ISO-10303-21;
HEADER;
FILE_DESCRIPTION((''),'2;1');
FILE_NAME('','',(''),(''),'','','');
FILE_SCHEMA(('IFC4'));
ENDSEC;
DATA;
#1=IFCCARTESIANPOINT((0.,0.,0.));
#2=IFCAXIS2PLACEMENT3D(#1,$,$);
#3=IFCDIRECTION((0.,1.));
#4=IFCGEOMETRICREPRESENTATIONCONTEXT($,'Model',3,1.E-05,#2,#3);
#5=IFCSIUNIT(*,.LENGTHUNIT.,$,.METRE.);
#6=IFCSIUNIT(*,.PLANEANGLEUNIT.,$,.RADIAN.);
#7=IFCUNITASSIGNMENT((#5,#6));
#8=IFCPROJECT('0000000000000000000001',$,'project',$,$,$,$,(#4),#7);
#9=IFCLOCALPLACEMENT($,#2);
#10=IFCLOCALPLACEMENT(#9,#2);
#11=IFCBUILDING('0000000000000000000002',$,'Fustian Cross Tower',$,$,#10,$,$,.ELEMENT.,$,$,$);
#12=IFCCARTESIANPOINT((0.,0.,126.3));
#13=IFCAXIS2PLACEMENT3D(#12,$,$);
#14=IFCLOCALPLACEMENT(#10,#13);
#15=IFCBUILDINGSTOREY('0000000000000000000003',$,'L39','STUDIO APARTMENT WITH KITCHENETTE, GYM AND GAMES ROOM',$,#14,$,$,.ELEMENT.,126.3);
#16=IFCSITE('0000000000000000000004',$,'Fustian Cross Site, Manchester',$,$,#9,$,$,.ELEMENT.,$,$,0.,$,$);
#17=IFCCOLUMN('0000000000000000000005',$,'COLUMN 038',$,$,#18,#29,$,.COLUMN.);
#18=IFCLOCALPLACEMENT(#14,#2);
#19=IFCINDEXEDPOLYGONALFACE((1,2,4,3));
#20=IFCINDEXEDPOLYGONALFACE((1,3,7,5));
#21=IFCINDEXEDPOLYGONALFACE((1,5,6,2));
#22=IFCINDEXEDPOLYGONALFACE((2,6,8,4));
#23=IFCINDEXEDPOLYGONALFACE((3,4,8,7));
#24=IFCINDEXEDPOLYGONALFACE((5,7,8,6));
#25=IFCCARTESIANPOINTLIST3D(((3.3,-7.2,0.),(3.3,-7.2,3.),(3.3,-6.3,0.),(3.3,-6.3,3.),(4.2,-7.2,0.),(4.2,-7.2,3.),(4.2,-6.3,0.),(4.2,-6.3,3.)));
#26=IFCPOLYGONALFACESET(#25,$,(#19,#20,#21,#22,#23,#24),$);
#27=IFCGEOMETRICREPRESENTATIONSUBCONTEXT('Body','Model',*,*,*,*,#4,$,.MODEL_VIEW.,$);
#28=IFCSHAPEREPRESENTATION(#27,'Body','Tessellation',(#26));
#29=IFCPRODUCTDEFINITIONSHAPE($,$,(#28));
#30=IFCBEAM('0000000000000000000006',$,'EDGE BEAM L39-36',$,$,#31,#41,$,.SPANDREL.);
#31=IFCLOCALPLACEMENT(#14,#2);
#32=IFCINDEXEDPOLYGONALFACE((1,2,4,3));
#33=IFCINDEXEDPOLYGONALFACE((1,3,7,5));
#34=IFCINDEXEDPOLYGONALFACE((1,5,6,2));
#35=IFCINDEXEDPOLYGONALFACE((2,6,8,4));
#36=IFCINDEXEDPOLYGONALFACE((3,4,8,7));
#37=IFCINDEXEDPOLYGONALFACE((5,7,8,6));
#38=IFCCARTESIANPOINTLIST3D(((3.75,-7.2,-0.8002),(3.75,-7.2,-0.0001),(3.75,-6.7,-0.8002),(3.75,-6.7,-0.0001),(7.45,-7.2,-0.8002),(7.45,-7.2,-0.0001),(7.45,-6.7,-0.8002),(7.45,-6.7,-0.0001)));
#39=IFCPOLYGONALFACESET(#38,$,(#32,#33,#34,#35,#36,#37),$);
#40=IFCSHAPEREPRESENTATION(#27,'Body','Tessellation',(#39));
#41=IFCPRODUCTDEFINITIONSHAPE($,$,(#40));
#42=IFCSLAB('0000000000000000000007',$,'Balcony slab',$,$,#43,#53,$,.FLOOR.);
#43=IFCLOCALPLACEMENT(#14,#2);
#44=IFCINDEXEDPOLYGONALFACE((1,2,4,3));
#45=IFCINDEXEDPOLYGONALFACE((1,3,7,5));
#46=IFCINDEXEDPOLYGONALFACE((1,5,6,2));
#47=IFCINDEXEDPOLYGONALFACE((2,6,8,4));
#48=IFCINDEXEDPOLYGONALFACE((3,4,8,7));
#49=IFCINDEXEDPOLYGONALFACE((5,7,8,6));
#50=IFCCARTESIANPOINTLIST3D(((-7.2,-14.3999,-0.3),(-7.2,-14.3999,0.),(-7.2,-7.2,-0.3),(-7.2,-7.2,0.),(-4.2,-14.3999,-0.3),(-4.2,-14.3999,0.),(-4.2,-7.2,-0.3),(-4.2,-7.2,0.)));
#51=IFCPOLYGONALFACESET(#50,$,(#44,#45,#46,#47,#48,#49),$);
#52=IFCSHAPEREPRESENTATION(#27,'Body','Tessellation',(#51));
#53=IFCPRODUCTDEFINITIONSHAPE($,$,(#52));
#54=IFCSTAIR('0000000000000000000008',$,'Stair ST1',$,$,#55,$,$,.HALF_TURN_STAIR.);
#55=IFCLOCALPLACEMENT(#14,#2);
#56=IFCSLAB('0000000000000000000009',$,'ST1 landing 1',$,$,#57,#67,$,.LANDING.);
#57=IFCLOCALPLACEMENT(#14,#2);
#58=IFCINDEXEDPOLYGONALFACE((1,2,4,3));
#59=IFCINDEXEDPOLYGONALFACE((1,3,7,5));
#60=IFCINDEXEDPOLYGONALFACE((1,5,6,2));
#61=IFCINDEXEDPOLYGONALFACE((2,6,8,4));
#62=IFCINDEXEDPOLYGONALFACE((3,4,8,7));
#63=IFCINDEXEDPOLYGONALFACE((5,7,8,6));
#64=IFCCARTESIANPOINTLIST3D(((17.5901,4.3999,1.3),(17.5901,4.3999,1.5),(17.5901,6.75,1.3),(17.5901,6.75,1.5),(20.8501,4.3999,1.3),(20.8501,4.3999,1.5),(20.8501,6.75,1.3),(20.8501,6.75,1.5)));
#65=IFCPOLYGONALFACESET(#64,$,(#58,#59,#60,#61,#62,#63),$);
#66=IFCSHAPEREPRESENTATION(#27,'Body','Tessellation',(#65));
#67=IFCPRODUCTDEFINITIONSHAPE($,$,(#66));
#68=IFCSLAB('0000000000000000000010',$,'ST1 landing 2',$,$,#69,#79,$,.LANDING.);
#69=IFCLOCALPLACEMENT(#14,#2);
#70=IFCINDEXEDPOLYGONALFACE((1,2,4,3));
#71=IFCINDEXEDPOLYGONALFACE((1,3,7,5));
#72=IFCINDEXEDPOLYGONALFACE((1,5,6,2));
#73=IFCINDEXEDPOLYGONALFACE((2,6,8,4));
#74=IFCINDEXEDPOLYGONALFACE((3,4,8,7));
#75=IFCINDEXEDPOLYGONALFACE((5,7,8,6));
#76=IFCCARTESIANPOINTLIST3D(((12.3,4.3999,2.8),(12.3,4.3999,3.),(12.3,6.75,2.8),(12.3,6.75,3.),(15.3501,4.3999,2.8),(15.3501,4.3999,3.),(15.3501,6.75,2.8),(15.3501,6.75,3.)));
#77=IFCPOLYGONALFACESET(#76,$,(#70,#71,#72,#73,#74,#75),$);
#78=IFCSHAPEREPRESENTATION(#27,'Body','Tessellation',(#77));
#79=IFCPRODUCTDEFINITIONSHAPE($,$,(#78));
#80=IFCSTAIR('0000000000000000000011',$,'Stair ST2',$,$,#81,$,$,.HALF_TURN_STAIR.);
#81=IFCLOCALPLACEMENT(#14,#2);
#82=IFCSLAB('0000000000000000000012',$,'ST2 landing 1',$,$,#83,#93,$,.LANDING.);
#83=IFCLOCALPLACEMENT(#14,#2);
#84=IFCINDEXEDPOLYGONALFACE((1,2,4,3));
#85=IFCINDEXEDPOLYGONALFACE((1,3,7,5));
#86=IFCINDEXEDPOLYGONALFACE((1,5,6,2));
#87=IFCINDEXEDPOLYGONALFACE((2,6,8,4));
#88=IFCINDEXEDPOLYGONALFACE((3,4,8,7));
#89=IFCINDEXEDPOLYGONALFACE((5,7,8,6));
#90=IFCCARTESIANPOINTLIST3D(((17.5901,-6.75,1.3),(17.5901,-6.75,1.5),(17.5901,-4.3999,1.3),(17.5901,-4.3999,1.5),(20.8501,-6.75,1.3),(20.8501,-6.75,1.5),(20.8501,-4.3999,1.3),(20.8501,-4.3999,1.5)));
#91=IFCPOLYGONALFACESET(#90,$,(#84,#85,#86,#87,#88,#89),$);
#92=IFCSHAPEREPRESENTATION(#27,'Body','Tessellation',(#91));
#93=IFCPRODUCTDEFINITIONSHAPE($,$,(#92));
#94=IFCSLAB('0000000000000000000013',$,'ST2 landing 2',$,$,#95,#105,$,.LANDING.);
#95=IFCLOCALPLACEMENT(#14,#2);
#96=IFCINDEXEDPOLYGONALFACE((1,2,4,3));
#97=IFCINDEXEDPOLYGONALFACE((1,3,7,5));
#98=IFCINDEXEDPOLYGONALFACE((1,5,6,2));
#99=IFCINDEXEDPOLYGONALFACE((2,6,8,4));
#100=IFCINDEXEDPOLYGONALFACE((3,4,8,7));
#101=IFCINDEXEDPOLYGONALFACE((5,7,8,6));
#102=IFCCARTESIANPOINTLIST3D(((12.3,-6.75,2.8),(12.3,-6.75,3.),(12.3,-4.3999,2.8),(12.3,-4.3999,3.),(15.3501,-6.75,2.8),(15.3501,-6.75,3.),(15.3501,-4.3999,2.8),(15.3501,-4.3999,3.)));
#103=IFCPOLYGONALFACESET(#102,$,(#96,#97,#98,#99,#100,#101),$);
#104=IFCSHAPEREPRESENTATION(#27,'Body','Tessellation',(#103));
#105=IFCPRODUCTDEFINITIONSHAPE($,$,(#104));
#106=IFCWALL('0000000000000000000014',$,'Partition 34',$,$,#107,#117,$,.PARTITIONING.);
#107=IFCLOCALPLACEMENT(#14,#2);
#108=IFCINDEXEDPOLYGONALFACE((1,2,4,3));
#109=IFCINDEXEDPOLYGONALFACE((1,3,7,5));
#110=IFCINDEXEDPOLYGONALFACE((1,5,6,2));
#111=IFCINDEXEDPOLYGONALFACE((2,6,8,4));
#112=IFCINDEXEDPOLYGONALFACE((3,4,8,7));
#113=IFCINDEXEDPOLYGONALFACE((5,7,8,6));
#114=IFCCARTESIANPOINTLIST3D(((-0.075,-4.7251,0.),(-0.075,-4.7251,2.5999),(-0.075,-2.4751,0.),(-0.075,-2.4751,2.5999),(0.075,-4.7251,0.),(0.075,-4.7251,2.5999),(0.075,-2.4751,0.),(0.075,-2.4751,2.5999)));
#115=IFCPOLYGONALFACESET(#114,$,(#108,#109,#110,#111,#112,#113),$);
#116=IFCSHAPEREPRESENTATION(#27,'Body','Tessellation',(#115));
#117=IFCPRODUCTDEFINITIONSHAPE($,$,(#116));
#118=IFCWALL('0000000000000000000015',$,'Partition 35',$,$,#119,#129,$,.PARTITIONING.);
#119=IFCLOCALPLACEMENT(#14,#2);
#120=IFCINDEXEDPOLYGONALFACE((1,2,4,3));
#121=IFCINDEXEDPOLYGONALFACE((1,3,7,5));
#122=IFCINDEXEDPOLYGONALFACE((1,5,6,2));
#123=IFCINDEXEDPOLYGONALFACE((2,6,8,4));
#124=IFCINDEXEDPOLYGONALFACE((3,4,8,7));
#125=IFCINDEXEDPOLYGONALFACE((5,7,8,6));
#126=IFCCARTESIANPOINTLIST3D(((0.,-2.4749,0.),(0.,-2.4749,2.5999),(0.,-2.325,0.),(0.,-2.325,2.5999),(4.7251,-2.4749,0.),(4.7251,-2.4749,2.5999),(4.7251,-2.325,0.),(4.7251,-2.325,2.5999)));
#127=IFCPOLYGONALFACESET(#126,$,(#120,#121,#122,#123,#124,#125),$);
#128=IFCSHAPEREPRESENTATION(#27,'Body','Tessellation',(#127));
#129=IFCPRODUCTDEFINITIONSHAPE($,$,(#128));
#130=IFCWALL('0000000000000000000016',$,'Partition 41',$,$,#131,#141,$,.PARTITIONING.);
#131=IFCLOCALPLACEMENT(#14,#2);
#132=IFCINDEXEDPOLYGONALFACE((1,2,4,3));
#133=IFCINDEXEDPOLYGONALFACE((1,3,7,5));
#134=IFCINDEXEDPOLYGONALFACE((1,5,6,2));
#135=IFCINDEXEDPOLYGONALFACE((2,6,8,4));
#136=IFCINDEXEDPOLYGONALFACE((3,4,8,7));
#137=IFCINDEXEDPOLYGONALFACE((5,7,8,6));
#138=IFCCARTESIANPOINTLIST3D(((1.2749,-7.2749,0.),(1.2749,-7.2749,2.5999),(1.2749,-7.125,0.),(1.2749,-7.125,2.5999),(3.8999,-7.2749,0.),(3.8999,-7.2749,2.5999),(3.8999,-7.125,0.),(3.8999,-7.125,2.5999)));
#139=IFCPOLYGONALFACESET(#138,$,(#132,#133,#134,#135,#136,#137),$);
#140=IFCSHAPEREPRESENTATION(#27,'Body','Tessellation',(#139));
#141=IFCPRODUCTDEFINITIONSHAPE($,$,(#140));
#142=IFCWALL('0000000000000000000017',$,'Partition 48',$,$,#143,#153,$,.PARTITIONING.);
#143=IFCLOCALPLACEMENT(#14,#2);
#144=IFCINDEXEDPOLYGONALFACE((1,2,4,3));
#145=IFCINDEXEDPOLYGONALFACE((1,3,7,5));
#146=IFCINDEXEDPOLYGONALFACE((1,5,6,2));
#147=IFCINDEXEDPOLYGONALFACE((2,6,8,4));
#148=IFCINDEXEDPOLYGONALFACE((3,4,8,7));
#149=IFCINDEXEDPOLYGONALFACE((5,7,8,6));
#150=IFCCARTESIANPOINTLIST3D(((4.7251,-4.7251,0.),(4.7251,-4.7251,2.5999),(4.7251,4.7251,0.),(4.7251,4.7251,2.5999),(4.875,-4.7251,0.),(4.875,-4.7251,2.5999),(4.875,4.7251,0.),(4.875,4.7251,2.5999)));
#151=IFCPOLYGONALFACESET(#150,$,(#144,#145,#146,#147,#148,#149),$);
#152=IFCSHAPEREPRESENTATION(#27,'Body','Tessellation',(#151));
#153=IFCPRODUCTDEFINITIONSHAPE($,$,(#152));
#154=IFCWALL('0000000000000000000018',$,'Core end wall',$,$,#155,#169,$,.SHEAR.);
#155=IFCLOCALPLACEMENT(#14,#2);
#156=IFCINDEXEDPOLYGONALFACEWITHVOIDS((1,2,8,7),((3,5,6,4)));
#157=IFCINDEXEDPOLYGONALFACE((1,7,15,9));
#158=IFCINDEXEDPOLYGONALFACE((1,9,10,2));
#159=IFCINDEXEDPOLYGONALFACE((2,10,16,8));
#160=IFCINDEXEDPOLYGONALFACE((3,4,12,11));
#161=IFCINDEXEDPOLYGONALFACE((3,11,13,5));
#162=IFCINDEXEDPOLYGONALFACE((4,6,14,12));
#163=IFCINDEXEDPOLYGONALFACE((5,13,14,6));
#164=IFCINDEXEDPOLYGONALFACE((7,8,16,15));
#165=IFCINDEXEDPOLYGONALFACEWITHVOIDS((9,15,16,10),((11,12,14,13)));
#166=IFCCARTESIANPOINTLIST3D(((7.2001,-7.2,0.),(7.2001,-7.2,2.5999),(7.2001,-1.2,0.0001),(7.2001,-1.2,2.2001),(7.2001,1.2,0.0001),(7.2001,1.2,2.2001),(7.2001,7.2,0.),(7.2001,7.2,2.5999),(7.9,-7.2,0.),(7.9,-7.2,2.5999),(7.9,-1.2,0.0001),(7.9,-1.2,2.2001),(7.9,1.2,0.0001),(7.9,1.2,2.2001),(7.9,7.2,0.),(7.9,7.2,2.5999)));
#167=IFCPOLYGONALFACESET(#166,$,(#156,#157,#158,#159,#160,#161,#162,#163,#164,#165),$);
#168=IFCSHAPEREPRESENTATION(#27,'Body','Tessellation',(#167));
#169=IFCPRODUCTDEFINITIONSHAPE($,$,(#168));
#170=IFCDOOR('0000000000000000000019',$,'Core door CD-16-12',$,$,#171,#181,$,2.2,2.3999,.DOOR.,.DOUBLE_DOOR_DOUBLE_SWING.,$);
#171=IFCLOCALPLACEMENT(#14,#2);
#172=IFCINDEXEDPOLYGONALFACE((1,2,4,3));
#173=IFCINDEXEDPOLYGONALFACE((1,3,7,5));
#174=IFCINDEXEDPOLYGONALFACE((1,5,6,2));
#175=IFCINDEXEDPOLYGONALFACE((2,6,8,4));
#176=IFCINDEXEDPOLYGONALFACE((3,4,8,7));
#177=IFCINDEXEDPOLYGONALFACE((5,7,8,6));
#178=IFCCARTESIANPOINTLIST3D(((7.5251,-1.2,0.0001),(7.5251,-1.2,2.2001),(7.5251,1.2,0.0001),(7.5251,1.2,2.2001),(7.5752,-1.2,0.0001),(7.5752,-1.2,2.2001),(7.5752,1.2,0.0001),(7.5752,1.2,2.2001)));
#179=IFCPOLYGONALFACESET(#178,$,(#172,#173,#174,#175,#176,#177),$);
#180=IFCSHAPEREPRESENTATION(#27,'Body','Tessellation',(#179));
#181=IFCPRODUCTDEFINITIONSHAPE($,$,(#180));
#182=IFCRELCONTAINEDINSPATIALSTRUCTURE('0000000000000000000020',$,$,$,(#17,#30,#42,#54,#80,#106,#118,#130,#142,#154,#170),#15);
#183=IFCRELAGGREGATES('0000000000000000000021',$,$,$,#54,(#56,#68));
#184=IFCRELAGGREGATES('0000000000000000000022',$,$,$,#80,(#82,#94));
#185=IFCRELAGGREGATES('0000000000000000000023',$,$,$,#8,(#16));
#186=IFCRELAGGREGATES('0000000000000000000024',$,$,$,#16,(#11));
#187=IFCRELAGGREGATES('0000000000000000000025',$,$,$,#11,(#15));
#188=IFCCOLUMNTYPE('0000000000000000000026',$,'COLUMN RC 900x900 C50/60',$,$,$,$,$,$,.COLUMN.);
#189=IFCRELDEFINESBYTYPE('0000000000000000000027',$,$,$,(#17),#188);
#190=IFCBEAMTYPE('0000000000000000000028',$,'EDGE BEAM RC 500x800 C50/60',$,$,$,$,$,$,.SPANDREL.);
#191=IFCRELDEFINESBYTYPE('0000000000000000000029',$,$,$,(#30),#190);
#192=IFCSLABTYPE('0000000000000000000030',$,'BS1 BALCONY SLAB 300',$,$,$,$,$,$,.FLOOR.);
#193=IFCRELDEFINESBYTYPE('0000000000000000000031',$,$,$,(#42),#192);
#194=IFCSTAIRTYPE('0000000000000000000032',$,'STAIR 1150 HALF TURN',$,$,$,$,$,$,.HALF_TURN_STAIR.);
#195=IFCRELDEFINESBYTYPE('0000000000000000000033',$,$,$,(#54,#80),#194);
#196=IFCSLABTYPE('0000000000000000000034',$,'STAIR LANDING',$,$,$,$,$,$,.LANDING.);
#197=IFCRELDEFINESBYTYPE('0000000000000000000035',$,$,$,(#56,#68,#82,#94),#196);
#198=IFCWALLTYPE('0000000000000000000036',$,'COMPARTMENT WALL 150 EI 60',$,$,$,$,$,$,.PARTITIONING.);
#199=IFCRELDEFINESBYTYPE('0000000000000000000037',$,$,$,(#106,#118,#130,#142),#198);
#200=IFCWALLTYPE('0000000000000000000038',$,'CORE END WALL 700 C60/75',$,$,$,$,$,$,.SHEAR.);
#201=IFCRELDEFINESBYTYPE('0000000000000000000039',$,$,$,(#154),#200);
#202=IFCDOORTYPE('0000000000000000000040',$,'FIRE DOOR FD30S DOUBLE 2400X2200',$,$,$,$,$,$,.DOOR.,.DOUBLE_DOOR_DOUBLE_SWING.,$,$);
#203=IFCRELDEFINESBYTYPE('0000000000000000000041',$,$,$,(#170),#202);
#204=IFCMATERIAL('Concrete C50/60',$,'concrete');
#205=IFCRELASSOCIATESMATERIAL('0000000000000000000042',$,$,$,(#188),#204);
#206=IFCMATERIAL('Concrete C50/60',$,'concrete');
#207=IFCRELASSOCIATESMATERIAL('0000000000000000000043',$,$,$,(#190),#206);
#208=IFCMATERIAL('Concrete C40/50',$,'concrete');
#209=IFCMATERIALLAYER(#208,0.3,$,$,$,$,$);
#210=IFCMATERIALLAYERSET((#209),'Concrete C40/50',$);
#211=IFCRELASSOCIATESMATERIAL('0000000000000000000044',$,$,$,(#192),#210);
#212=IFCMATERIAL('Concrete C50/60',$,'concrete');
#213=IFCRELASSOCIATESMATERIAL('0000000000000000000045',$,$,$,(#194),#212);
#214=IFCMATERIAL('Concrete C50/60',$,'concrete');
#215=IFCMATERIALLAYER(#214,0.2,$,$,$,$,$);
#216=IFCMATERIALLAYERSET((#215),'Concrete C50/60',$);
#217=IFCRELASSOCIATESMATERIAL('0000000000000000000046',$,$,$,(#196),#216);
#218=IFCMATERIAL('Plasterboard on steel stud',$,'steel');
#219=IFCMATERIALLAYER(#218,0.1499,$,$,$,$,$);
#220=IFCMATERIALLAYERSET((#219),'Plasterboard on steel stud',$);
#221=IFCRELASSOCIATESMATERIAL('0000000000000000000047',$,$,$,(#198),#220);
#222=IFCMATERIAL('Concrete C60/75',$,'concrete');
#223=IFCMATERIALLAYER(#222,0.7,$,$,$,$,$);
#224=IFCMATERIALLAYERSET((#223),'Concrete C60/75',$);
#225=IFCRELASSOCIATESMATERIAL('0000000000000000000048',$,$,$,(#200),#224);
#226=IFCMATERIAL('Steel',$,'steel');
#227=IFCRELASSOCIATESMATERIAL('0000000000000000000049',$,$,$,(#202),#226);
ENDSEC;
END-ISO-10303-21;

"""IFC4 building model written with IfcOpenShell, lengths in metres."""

from ifc_helpers import new_model, si_unit, direction, frame, frame_2d, origin, origin_2d, place, context, subcontext, project, spatial, polyline, rectangle, outline, extrude, material, layer, layer_set, material_profile, profile_set, type_object, element, fill, aggregate, save


model = new_model("IFC4")

# Units and contexts
model_context = context("Model", 3, precision=1e-05, world=origin(), true_north=direction((0.0, 1.0)))
body_context = subcontext(model_context, "Body", "Model", "MODEL_VIEW")
ifc_project = project(units=[si_unit("LENGTHUNIT", "METRE"), si_unit("PLANEANGLEUNIT", "RADIAN")], contexts=[model_context])

# Site, building, storey
site_placement = place(None, origin())
site = spatial("IfcSite", under=ifc_project, at=site_placement, Name="Fustian Cross Site, Manchester", CompositionType="ELEMENT", RefElevation=0.0)
building_placement = place(site_placement, origin())
building = spatial("IfcBuilding", under=site, at=building_placement, Name="Fustian Cross Tower", CompositionType="ELEMENT")
storey_placement = place(building_placement, frame((0.0, 0.0, 126.3)))
storey = spatial("IfcBuildingStorey", under=building, at=storey_placement, Name="L39", Description="STUDIO APARTMENT WITH KITCHENETTE, GYM AND GAMES ROOM", CompositionType="ELEMENT", Elevation=126.3)

# Column
ifc_material_1 = material(Name="Concrete C50/60", Category="concrete")
ifc_material_profile_1 = material_profile(ifc_material_1, rectangle(XDim=0.8999, YDim=0.8999, at=origin_2d()), Name="RC 900x900")
ifc_profile_set_1 = profile_set([ifc_material_profile_1], Name="Concrete C50/60")
column_type = type_object("IfcColumnType", Name="COLUMN RC 900x900 C50/60", PredefinedType="COLUMN", material=ifc_profile_set_1)
column_placement = place(storey_placement, frame((3.75, -6.75, 0.0), z_axis=(0.0, 0.0, 1.0), x_axis=(1.0, 0.0, 0.0)))
element("IfcColumn", 1, at=column_placement, inside=storey, type_object=column_type, Name="COLUMN 038", PredefinedType="COLUMN", context=body_context, shape_type="SweptSolid", body=[
    extrude(rectangle(XDim=0.8999, YDim=0.8999, at=origin_2d()), origin(), (0.0, 0.0, 1.0), 3.0),
])

# Beam
ifc_material_2 = material(Name="Concrete C50/60", Category="concrete")
ifc_material_profile_2 = material_profile(ifc_material_2, rectangle(XDim=0.5, YDim=0.8, at=origin_2d()), Name="RC 500x800")
ifc_profile_set_2 = profile_set([ifc_material_profile_2], Name="Concrete C50/60")
beam_type = type_object("IfcBeamType", Name="EDGE BEAM RC 500x800 C50/60", PredefinedType="SPANDREL", material=ifc_profile_set_2)
beam_placement = place(storey_placement, frame((3.75, -6.95, -0.4001), z_axis=(1.0, 0.0, 0.0), x_axis=(0.0, 1.0, 0.0)))
element("IfcBeam", 2, at=beam_placement, inside=storey, type_object=beam_type, Name="EDGE BEAM L39-36", PredefinedType="SPANDREL", context=body_context, shape_type="SweptSolid", body=[
    extrude(rectangle(XDim=0.5, YDim=0.8, at=origin_2d()), origin(), (0.0, 0.0, 1.0), 3.7),
])

# Slab
ifc_material_3 = material(Name="Concrete C40/50", Category="concrete")
ifc_layer_1 = layer(ifc_material_3, 0.3)
ifc_layer_set_1 = layer_set([ifc_layer_1], Name="Concrete C40/50")
slab_type_1 = type_object("IfcSlabType", Name="BS1 BALCONY SLAB 300", PredefinedType="FLOOR", material=ifc_layer_set_1)
slab_1_placement = place(storey_placement, frame((0.0, 0.0, -0.3)))
element("IfcSlab", 3, at=slab_1_placement, inside=storey, type_object=slab_type_1, Name="Balcony slab", PredefinedType="FLOOR", context=body_context, shape_type="SweptSolid", body=[
    extrude(outline(polyline([(-7.2, -14.3999), (-4.2, -14.3999), (-4.2, -7.2), (-7.2, -7.2), (-7.2, -14.3999)])), origin(), (0.0, 0.0, 1.0), 0.3),
])

# Stairs, slabs
ifc_material_4 = material(Name="Concrete C50/60", Category="concrete")
stair_type = type_object("IfcStairType", Name="STAIR 1150 HALF TURN", PredefinedType="HALF_TURN_STAIR", material=ifc_material_4)
stair_1_placement = place(storey_placement, origin())
stair_1 = element("IfcStair", 4, at=stair_1_placement, inside=storey, type_object=stair_type, Name="Stair ST1", PredefinedType="HALF_TURN_STAIR")
ifc_material_5 = material(Name="Concrete C50/60", Category="concrete")
ifc_layer_2 = layer(ifc_material_5, 0.2)
ifc_layer_set_2 = layer_set([ifc_layer_2], Name="Concrete C50/60")
slab_type_2 = type_object("IfcSlabType", Name="STAIR LANDING", PredefinedType="LANDING", material=ifc_layer_set_2)
slab_2_placement = place(storey_placement, frame((0.0, 0.0, 1.3)))
slab_2 = element("IfcSlab", 5, at=slab_2_placement, type_object=slab_type_2, Name="ST1 landing 1", PredefinedType="LANDING", context=body_context, shape_type="SweptSolid", body=[
    extrude(outline(polyline([(17.5901, 4.3999), (20.8501, 4.3999), (20.8501, 6.75), (17.5901, 6.75), (17.5901, 4.3999)])), origin(), (0.0, 0.0, 1.0), 0.2),
])
slab_3_placement = place(storey_placement, frame((0.0, 0.0, 2.8)))
slab_3 = element("IfcSlab", 6, at=slab_3_placement, type_object=slab_type_2, Name="ST1 landing 2", PredefinedType="LANDING", context=body_context, shape_type="SweptSolid", body=[
    extrude(outline(polyline([(12.3, 4.3999), (15.3501, 4.3999), (15.3501, 6.75), (12.3, 6.75), (12.3, 4.3999)])), origin(), (0.0, 0.0, 1.0), 0.2),
])
aggregate(stair_1, [slab_2, slab_3])
stair_2_placement = place(storey_placement, origin())
stair_2 = element("IfcStair", 7, at=stair_2_placement, inside=storey, type_object=stair_type, Name="Stair ST2", PredefinedType="HALF_TURN_STAIR")
slab_4_placement = place(storey_placement, frame((0.0, 0.0, 1.3)))
slab_4 = element("IfcSlab", 8, at=slab_4_placement, type_object=slab_type_2, Name="ST2 landing 1", PredefinedType="LANDING", context=body_context, shape_type="SweptSolid", body=[
    extrude(outline(polyline([(17.5901, -4.3999), (20.8501, -4.3999), (20.8501, -6.75), (17.5901, -6.75), (17.5901, -4.3999)])), origin(), (0.0, 0.0, 1.0), 0.2),
])
slab_5_placement = place(storey_placement, frame((0.0, 0.0, 2.8)))
slab_5 = element("IfcSlab", 9, at=slab_5_placement, type_object=slab_type_2, Name="ST2 landing 2", PredefinedType="LANDING", context=body_context, shape_type="SweptSolid", body=[
    extrude(outline(polyline([(12.3, -4.3999), (15.3501, -4.3999), (15.3501, -6.75), (12.3, -6.75), (12.3, -4.3999)])), origin(), (0.0, 0.0, 1.0), 0.2),
])
aggregate(stair_2, [slab_4, slab_5])

# Walls
ifc_material_6 = material(Name="Plasterboard on steel stud", Category="steel")
ifc_layer_3 = layer(ifc_material_6, 0.1499)
ifc_layer_set_3 = layer_set([ifc_layer_3], Name="Plasterboard on steel stud")
wall_type_1 = type_object("IfcWallType", Name="COMPARTMENT WALL 150 EI 60", PredefinedType="PARTITIONING", material=ifc_layer_set_3)
wall_1_placement = place(storey_placement, frame((0.0, -4.7251, 0.0), z_axis=(0.0, 0.0, 1.0), x_axis=(0.0, 1.0, 0.0)))
element("IfcWall", 10, at=wall_1_placement, inside=storey, type_object=wall_type_1, Name="Partition 34", PredefinedType="PARTITIONING", context=body_context, shape_type="SweptSolid", body=[
    extrude(rectangle(XDim=2.25, YDim=0.1499, at=frame_2d((1.125, 0.0))), origin(), (0.0, 0.0, 1.0), 2.5999),
])
wall_2_placement = place(storey_placement, frame((0.0, -2.3999, 0.0), z_axis=(0.0, 0.0, 1.0), x_axis=(1.0, 0.0, 0.0)))
element("IfcWall", 11, at=wall_2_placement, inside=storey, type_object=wall_type_1, Name="Partition 35", PredefinedType="PARTITIONING", context=body_context, shape_type="SweptSolid", body=[
    extrude(rectangle(XDim=4.7251, YDim=0.1499, at=frame_2d((2.3625, 0.0))), origin(), (0.0, 0.0, 1.0), 2.5999),
])
wall_3_placement = place(storey_placement, frame((1.2749, -7.2, 0.0), z_axis=(0.0, 0.0, 1.0), x_axis=(1.0, 0.0, 0.0)))
element("IfcWall", 12, at=wall_3_placement, inside=storey, type_object=wall_type_1, Name="Partition 41", PredefinedType="PARTITIONING", context=body_context, shape_type="SweptSolid", body=[
    extrude(rectangle(XDim=2.625, YDim=0.1499, at=frame_2d((1.3125, 0.0))), origin(), (0.0, 0.0, 1.0), 2.5999),
])
wall_4_placement = place(storey_placement, frame((4.8, -4.7251, 0.0), z_axis=(0.0, 0.0, 1.0), x_axis=(0.0, 1.0, 0.0)))
element("IfcWall", 13, at=wall_4_placement, inside=storey, type_object=wall_type_1, Name="Partition 48", PredefinedType="PARTITIONING", context=body_context, shape_type="SweptSolid", body=[
    extrude(rectangle(XDim=9.4502, YDim=0.1499, at=frame_2d((4.7251, 0.0))), origin(), (0.0, 0.0, 1.0), 2.5999),
])

# Wall, opening, door
ifc_material_7 = material(Name="Concrete C60/75", Category="concrete")
ifc_layer_4 = layer(ifc_material_7, 0.7)
ifc_layer_set_4 = layer_set([ifc_layer_4], Name="Concrete C60/75")
wall_type_2 = type_object("IfcWallType", Name="CORE END WALL 700 C60/75", PredefinedType="SHEAR", material=ifc_layer_set_4)
wall_5_placement = place(storey_placement, frame((7.55, -7.2, 0.0), z_axis=(0.0, 0.0, 1.0), x_axis=(0.0, 1.0, 0.0)))
wall_5 = element("IfcWall", 14, at=wall_5_placement, inside=storey, type_object=wall_type_2, Name="Core end wall", PredefinedType="SHEAR", context=body_context, shape_type="SweptSolid", body=[
    extrude(rectangle(XDim=14.3999, YDim=0.7, at=frame_2d((7.2, 0.0))), origin(), (0.0, 0.0, 1.0), 2.5999),
])
opening_1_placement = place(wall_5_placement, frame((6.0, 0.0, 0.0)))
opening_1 = element("IfcOpeningElement", 15, at=opening_1_placement, cuts=wall_5, PredefinedType="OPENING", context=body_context, shape_type="SweptSolid", body=[
    extrude(rectangle(XDim=2.3999, YDim=2.2, at=frame_2d((1.2, 1.1001))), frame((0.0, 0.3599, 0.0), z_axis=(0.0, -1.0, 0.0), x_axis=(1.0, 0.0, 0.0)), (0.0, 0.0, 1.0), 0.72),
])
ifc_material_8 = material(Name="Steel", Category="steel")
door_type_1 = type_object("IfcDoorType", Name="FIRE DOOR FD30S DOUBLE 2400X2200", OperationType="DOUBLE_DOOR_DOUBLE_SWING", PredefinedType="DOOR", material=ifc_material_8)
door_1_placement = place(opening_1_placement, origin())
door_1 = element("IfcDoor", 16, at=door_1_placement, inside=storey, type_object=door_type_1, Name="Core door CD-16-12", OperationType="DOUBLE_DOOR_DOUBLE_SWING", OverallHeight=2.2, OverallWidth=2.3999, PredefinedType="DOOR", context=body_context, shape_type="SweptSolid", body=[
    extrude(rectangle(XDim=2.3999, YDim=2.2, at=frame_2d((1.2, 1.1001))), frame((0.0, 0.0249, 0.0), z_axis=(0.0, -1.0, 0.0), x_axis=(1.0, 0.0, 0.0)), (0.0, 0.0, 1.0), 0.05),
])
fill(opening_1, door_1)

save(model, "model.ifc")
